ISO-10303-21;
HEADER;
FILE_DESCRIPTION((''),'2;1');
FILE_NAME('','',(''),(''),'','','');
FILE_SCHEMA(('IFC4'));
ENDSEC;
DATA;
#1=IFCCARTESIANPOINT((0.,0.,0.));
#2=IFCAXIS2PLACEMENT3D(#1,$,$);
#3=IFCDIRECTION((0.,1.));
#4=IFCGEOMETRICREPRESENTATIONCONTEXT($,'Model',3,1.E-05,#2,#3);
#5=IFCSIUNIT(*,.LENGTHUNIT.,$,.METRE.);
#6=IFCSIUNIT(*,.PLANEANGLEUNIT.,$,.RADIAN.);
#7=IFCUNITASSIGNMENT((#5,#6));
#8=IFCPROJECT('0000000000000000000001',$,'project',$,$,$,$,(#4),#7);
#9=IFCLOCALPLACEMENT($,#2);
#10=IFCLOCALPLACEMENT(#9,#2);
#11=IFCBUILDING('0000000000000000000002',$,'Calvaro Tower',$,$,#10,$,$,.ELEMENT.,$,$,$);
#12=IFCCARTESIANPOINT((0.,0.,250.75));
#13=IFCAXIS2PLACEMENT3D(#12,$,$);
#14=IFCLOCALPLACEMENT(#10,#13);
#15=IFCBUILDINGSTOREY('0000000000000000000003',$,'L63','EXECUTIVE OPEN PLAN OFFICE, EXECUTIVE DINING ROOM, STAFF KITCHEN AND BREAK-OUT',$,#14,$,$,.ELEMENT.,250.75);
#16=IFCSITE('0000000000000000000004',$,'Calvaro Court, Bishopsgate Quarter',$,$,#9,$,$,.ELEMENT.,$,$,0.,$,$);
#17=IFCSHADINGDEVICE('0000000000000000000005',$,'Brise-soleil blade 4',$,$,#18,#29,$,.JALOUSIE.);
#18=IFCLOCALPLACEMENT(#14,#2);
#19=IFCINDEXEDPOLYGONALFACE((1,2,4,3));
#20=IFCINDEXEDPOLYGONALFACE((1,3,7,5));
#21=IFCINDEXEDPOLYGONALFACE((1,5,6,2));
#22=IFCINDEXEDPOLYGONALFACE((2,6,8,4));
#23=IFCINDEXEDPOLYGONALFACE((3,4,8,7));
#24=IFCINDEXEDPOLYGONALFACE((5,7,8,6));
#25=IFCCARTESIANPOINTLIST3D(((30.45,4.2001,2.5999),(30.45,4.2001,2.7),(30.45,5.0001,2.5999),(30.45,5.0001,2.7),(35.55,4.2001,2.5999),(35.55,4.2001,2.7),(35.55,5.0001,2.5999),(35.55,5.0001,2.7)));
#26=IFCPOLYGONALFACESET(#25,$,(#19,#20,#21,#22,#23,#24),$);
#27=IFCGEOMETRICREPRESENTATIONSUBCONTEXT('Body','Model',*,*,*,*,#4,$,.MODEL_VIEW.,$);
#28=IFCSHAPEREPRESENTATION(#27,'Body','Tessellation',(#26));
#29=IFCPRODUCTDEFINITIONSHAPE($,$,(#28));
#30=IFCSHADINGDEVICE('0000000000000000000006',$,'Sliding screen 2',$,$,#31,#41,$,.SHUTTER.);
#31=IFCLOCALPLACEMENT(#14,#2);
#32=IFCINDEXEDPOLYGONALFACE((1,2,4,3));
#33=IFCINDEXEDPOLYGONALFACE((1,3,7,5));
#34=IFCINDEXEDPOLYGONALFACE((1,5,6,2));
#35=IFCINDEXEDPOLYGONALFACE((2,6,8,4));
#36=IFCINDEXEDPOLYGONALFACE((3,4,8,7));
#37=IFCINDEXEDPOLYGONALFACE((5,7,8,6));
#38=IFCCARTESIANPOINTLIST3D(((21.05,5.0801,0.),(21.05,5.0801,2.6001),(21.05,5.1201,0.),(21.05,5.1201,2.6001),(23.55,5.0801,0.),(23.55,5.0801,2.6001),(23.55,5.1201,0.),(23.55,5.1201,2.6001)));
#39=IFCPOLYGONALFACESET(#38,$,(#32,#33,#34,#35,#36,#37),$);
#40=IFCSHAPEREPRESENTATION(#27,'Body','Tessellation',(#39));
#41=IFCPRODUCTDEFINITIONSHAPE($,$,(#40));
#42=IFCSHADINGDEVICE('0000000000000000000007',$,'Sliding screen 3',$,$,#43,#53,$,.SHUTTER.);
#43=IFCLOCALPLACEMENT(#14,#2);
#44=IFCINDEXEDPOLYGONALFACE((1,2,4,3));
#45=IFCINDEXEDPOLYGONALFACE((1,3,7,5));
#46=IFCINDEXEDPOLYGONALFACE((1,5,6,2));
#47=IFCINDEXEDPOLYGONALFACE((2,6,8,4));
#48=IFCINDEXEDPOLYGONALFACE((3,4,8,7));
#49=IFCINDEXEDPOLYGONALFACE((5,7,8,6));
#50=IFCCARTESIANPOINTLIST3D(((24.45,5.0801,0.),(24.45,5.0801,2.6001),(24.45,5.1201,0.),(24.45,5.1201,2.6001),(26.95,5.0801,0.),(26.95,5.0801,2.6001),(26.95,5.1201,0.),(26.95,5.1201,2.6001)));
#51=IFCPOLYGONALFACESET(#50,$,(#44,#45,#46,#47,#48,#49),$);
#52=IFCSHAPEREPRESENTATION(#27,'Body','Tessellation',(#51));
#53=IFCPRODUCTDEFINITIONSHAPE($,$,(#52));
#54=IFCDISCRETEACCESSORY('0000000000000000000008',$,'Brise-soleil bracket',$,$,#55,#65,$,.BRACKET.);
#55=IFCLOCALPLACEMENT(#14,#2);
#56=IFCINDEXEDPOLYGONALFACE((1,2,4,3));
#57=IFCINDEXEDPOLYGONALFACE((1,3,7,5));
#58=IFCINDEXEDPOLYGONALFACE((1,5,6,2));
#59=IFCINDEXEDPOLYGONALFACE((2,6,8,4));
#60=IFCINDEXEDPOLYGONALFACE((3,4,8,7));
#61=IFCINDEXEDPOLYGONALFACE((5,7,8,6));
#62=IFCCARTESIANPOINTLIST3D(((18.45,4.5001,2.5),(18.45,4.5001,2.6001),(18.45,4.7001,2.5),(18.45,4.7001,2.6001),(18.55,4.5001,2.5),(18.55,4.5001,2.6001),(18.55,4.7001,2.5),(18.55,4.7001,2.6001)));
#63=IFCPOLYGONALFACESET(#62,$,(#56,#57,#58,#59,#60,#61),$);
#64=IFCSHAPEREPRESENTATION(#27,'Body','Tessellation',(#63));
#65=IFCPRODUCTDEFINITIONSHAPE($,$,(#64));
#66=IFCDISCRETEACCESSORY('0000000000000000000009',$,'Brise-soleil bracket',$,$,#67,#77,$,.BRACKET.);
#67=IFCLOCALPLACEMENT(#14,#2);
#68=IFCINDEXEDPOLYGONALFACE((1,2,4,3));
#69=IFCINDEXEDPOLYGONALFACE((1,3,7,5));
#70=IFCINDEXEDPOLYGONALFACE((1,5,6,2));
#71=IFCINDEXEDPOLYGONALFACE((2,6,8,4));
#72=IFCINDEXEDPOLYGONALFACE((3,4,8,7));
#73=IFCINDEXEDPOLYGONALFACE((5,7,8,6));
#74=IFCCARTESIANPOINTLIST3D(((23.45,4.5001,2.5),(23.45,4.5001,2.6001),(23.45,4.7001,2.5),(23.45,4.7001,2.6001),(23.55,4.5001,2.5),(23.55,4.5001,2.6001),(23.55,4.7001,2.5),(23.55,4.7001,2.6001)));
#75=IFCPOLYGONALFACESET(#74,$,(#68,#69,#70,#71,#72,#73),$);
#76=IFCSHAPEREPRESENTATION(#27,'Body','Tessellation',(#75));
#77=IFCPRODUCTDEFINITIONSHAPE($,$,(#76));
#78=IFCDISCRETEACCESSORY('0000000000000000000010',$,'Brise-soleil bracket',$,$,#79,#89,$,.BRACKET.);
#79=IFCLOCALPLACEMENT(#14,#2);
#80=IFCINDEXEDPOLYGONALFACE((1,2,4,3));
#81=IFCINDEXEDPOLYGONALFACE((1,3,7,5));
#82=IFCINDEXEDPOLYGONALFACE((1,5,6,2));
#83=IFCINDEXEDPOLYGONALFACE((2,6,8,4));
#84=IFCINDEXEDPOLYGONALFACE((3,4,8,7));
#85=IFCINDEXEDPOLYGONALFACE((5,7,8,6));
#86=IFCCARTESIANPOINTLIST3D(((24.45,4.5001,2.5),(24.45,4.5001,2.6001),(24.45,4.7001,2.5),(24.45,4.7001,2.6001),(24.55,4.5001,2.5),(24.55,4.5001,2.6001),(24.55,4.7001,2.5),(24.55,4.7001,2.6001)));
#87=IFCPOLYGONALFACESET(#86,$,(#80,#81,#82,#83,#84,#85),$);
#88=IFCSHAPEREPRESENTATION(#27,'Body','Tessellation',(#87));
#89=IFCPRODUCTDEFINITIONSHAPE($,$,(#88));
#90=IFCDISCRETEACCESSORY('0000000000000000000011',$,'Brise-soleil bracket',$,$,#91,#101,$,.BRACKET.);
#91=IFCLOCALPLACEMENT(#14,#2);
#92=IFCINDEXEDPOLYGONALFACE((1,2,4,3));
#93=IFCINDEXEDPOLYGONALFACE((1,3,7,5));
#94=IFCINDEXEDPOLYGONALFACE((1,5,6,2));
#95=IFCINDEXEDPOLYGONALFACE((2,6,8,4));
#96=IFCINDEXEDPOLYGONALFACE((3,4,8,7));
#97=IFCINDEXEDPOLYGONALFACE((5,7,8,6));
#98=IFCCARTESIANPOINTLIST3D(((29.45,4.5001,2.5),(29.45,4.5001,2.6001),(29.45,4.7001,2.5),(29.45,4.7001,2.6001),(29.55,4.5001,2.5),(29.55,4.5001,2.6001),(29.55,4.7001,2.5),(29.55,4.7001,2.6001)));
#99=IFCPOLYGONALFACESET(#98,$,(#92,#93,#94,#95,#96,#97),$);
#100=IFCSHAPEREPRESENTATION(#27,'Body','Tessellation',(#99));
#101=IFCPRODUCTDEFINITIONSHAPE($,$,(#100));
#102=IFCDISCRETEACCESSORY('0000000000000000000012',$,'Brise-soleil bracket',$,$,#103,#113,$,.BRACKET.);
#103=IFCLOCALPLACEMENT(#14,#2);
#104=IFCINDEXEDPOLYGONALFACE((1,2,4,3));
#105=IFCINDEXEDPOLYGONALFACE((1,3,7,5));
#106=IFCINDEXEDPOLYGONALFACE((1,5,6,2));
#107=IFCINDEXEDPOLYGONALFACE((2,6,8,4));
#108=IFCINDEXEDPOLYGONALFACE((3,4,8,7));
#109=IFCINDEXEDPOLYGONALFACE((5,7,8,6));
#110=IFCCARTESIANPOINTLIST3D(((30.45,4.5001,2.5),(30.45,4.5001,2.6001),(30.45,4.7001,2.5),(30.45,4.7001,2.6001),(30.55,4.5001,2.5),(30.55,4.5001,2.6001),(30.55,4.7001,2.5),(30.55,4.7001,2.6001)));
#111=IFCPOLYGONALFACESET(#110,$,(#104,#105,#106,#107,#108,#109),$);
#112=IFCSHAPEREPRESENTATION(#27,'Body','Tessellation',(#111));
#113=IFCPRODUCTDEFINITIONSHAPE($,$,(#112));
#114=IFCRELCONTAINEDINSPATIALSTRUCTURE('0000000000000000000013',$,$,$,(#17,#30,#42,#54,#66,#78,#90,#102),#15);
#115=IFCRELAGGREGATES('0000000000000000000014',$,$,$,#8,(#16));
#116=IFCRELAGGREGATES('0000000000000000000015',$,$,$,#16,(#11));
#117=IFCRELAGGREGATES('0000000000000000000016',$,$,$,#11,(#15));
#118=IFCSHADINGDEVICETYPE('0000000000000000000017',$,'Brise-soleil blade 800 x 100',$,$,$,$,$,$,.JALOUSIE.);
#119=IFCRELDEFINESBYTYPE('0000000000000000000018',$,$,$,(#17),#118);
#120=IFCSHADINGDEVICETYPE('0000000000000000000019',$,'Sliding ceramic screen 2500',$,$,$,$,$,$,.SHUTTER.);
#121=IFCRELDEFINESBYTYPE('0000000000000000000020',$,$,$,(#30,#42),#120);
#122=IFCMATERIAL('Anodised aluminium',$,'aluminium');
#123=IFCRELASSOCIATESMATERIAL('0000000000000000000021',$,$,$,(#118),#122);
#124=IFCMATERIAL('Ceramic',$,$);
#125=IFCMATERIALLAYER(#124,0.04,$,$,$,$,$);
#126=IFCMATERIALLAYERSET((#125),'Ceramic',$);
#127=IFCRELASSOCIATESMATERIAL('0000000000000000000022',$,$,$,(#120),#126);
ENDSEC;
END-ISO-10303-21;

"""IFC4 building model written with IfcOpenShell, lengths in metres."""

from ifc_helpers import new_model, si_unit, direction, frame, origin, origin_2d, place, context, subcontext, project, spatial, rectangle, extrude, material, layer, layer_set, material_profile, profile_set, type_object, element, save


model = new_model("IFC4")

# Units and contexts
model_context = context("Model", 3, precision=1e-05, world=origin(), true_north=direction((0.0, 1.0)))
body_context = subcontext(model_context, "Body", "Model", "MODEL_VIEW")
ifc_project = project(units=[si_unit("LENGTHUNIT", "METRE"), si_unit("PLANEANGLEUNIT", "RADIAN")], contexts=[model_context])

# Site, building, storey
site_placement = place(None, origin())
site = spatial("IfcSite", under=ifc_project, at=site_placement, Name="Calvaro Court, Bishopsgate Quarter", CompositionType="ELEMENT", RefElevation=0.0)
building_placement = place(site_placement, origin())
building = spatial("IfcBuilding", under=site, at=building_placement, Name="Calvaro Tower", CompositionType="ELEMENT")
storey_placement = place(building_placement, frame((0.0, 0.0, 250.75)))
storey = spatial("IfcBuildingStorey", under=building, at=storey_placement, Name="L63", Description="EXECUTIVE OPEN PLAN OFFICE, EXECUTIVE DINING ROOM, STAFF KITCHEN AND BREAK-OUT", CompositionType="ELEMENT", Elevation=250.75)

# Shading devices
ifc_material_1 = material(Name="Anodised aluminium", Category="aluminium")
ifc_material_profile_1 = material_profile(ifc_material_1, rectangle(XDim=0.8, YDim=0.1001, at=origin_2d()), Name="Brise-soleil blade 800 x 100")
ifc_profile_set_1 = profile_set([ifc_material_profile_1], Name="Anodised aluminium")
shading_device_type_1 = type_object("IfcShadingDeviceType", Name="Brise-soleil blade 800 x 100", PredefinedType="JALOUSIE", material=ifc_profile_set_1)
for number, where, z_axis, x_axis, name in (
    (1, (30.45, 4.6001, 2.6499), (1.0, 0.0, 0.0), (0.0, 1.0, 0.0), "Brise-soleil blade 4"),
):
    element("IfcShadingDevice", number, at=place(storey_placement, frame(where, z_axis=z_axis, x_axis=x_axis)), inside=storey, type_object=shading_device_type_1, Name=name, PredefinedType="JALOUSIE", context=body_context, shape_type="SweptSolid", body=[
        extrude(rectangle(XDim=0.8, YDim=0.1001, at=origin_2d()), origin(), (0.0, 0.0, 1.0), 5.1001),
    ])
ifc_material_2 = material(Name="Ceramic")
ifc_layer_1 = layer(ifc_material_2, 0.04)
ifc_layer_set_1 = layer_set([ifc_layer_1], Name="Ceramic")
shading_device_type_2 = type_object("IfcShadingDeviceType", Name="Sliding ceramic screen 2500", PredefinedType="SHUTTER", material=ifc_layer_set_1)
for number, where, z_axis, x_axis, name in (
    (2, (22.3, 5.1001, 0.0), (0.0, 0.0, 1.0), (1.0, 0.0, 0.0), "Sliding screen 2"),
    (3, (25.7, 5.1001, 0.0), (0.0, 0.0, 1.0), (1.0, 0.0, 0.0), "Sliding screen 3"),
):
    element("IfcShadingDevice", number, at=place(storey_placement, frame(where, z_axis=z_axis, x_axis=x_axis)), inside=storey, type_object=shading_device_type_2, Name=name, PredefinedType="SHUTTER", context=body_context, shape_type="SweptSolid", body=[
        extrude(rectangle(XDim=2.5, YDim=0.04, at=origin_2d()), origin(), (0.0, 0.0, 1.0), 2.6001),
    ])

# Discrete accessories
for number, where, z_axis, x_axis, name in (
    (4, (18.5, 4.6001, 2.5), (0.0, 0.0, 1.0), (1.0, 0.0, 0.0), "Brise-soleil bracket"),
    (5, (23.5, 4.6001, 2.5), (0.0, 0.0, 1.0), (1.0, 0.0, 0.0), "Brise-soleil bracket"),
    (6, (24.5, 4.6001, 2.5), (0.0, 0.0, 1.0), (1.0, 0.0, 0.0), "Brise-soleil bracket"),
    (7, (29.5, 4.6001, 2.5), (0.0, 0.0, 1.0), (1.0, 0.0, 0.0), "Brise-soleil bracket"),
    (8, (30.5, 4.6001, 2.5), (0.0, 0.0, 1.0), (1.0, 0.0, 0.0), "Brise-soleil bracket"),
):
    element("IfcDiscreteAccessory", number, at=place(storey_placement, frame(where, z_axis=z_axis, x_axis=x_axis)), inside=storey, Name=name, PredefinedType="BRACKET", context=body_context, shape_type="SweptSolid", body=[
        extrude(rectangle(XDim=0.1001, YDim=0.2, at=origin_2d()), origin(), (0.0, 0.0, 1.0), 0.1001),
    ])

save(model, "model.ifc")
